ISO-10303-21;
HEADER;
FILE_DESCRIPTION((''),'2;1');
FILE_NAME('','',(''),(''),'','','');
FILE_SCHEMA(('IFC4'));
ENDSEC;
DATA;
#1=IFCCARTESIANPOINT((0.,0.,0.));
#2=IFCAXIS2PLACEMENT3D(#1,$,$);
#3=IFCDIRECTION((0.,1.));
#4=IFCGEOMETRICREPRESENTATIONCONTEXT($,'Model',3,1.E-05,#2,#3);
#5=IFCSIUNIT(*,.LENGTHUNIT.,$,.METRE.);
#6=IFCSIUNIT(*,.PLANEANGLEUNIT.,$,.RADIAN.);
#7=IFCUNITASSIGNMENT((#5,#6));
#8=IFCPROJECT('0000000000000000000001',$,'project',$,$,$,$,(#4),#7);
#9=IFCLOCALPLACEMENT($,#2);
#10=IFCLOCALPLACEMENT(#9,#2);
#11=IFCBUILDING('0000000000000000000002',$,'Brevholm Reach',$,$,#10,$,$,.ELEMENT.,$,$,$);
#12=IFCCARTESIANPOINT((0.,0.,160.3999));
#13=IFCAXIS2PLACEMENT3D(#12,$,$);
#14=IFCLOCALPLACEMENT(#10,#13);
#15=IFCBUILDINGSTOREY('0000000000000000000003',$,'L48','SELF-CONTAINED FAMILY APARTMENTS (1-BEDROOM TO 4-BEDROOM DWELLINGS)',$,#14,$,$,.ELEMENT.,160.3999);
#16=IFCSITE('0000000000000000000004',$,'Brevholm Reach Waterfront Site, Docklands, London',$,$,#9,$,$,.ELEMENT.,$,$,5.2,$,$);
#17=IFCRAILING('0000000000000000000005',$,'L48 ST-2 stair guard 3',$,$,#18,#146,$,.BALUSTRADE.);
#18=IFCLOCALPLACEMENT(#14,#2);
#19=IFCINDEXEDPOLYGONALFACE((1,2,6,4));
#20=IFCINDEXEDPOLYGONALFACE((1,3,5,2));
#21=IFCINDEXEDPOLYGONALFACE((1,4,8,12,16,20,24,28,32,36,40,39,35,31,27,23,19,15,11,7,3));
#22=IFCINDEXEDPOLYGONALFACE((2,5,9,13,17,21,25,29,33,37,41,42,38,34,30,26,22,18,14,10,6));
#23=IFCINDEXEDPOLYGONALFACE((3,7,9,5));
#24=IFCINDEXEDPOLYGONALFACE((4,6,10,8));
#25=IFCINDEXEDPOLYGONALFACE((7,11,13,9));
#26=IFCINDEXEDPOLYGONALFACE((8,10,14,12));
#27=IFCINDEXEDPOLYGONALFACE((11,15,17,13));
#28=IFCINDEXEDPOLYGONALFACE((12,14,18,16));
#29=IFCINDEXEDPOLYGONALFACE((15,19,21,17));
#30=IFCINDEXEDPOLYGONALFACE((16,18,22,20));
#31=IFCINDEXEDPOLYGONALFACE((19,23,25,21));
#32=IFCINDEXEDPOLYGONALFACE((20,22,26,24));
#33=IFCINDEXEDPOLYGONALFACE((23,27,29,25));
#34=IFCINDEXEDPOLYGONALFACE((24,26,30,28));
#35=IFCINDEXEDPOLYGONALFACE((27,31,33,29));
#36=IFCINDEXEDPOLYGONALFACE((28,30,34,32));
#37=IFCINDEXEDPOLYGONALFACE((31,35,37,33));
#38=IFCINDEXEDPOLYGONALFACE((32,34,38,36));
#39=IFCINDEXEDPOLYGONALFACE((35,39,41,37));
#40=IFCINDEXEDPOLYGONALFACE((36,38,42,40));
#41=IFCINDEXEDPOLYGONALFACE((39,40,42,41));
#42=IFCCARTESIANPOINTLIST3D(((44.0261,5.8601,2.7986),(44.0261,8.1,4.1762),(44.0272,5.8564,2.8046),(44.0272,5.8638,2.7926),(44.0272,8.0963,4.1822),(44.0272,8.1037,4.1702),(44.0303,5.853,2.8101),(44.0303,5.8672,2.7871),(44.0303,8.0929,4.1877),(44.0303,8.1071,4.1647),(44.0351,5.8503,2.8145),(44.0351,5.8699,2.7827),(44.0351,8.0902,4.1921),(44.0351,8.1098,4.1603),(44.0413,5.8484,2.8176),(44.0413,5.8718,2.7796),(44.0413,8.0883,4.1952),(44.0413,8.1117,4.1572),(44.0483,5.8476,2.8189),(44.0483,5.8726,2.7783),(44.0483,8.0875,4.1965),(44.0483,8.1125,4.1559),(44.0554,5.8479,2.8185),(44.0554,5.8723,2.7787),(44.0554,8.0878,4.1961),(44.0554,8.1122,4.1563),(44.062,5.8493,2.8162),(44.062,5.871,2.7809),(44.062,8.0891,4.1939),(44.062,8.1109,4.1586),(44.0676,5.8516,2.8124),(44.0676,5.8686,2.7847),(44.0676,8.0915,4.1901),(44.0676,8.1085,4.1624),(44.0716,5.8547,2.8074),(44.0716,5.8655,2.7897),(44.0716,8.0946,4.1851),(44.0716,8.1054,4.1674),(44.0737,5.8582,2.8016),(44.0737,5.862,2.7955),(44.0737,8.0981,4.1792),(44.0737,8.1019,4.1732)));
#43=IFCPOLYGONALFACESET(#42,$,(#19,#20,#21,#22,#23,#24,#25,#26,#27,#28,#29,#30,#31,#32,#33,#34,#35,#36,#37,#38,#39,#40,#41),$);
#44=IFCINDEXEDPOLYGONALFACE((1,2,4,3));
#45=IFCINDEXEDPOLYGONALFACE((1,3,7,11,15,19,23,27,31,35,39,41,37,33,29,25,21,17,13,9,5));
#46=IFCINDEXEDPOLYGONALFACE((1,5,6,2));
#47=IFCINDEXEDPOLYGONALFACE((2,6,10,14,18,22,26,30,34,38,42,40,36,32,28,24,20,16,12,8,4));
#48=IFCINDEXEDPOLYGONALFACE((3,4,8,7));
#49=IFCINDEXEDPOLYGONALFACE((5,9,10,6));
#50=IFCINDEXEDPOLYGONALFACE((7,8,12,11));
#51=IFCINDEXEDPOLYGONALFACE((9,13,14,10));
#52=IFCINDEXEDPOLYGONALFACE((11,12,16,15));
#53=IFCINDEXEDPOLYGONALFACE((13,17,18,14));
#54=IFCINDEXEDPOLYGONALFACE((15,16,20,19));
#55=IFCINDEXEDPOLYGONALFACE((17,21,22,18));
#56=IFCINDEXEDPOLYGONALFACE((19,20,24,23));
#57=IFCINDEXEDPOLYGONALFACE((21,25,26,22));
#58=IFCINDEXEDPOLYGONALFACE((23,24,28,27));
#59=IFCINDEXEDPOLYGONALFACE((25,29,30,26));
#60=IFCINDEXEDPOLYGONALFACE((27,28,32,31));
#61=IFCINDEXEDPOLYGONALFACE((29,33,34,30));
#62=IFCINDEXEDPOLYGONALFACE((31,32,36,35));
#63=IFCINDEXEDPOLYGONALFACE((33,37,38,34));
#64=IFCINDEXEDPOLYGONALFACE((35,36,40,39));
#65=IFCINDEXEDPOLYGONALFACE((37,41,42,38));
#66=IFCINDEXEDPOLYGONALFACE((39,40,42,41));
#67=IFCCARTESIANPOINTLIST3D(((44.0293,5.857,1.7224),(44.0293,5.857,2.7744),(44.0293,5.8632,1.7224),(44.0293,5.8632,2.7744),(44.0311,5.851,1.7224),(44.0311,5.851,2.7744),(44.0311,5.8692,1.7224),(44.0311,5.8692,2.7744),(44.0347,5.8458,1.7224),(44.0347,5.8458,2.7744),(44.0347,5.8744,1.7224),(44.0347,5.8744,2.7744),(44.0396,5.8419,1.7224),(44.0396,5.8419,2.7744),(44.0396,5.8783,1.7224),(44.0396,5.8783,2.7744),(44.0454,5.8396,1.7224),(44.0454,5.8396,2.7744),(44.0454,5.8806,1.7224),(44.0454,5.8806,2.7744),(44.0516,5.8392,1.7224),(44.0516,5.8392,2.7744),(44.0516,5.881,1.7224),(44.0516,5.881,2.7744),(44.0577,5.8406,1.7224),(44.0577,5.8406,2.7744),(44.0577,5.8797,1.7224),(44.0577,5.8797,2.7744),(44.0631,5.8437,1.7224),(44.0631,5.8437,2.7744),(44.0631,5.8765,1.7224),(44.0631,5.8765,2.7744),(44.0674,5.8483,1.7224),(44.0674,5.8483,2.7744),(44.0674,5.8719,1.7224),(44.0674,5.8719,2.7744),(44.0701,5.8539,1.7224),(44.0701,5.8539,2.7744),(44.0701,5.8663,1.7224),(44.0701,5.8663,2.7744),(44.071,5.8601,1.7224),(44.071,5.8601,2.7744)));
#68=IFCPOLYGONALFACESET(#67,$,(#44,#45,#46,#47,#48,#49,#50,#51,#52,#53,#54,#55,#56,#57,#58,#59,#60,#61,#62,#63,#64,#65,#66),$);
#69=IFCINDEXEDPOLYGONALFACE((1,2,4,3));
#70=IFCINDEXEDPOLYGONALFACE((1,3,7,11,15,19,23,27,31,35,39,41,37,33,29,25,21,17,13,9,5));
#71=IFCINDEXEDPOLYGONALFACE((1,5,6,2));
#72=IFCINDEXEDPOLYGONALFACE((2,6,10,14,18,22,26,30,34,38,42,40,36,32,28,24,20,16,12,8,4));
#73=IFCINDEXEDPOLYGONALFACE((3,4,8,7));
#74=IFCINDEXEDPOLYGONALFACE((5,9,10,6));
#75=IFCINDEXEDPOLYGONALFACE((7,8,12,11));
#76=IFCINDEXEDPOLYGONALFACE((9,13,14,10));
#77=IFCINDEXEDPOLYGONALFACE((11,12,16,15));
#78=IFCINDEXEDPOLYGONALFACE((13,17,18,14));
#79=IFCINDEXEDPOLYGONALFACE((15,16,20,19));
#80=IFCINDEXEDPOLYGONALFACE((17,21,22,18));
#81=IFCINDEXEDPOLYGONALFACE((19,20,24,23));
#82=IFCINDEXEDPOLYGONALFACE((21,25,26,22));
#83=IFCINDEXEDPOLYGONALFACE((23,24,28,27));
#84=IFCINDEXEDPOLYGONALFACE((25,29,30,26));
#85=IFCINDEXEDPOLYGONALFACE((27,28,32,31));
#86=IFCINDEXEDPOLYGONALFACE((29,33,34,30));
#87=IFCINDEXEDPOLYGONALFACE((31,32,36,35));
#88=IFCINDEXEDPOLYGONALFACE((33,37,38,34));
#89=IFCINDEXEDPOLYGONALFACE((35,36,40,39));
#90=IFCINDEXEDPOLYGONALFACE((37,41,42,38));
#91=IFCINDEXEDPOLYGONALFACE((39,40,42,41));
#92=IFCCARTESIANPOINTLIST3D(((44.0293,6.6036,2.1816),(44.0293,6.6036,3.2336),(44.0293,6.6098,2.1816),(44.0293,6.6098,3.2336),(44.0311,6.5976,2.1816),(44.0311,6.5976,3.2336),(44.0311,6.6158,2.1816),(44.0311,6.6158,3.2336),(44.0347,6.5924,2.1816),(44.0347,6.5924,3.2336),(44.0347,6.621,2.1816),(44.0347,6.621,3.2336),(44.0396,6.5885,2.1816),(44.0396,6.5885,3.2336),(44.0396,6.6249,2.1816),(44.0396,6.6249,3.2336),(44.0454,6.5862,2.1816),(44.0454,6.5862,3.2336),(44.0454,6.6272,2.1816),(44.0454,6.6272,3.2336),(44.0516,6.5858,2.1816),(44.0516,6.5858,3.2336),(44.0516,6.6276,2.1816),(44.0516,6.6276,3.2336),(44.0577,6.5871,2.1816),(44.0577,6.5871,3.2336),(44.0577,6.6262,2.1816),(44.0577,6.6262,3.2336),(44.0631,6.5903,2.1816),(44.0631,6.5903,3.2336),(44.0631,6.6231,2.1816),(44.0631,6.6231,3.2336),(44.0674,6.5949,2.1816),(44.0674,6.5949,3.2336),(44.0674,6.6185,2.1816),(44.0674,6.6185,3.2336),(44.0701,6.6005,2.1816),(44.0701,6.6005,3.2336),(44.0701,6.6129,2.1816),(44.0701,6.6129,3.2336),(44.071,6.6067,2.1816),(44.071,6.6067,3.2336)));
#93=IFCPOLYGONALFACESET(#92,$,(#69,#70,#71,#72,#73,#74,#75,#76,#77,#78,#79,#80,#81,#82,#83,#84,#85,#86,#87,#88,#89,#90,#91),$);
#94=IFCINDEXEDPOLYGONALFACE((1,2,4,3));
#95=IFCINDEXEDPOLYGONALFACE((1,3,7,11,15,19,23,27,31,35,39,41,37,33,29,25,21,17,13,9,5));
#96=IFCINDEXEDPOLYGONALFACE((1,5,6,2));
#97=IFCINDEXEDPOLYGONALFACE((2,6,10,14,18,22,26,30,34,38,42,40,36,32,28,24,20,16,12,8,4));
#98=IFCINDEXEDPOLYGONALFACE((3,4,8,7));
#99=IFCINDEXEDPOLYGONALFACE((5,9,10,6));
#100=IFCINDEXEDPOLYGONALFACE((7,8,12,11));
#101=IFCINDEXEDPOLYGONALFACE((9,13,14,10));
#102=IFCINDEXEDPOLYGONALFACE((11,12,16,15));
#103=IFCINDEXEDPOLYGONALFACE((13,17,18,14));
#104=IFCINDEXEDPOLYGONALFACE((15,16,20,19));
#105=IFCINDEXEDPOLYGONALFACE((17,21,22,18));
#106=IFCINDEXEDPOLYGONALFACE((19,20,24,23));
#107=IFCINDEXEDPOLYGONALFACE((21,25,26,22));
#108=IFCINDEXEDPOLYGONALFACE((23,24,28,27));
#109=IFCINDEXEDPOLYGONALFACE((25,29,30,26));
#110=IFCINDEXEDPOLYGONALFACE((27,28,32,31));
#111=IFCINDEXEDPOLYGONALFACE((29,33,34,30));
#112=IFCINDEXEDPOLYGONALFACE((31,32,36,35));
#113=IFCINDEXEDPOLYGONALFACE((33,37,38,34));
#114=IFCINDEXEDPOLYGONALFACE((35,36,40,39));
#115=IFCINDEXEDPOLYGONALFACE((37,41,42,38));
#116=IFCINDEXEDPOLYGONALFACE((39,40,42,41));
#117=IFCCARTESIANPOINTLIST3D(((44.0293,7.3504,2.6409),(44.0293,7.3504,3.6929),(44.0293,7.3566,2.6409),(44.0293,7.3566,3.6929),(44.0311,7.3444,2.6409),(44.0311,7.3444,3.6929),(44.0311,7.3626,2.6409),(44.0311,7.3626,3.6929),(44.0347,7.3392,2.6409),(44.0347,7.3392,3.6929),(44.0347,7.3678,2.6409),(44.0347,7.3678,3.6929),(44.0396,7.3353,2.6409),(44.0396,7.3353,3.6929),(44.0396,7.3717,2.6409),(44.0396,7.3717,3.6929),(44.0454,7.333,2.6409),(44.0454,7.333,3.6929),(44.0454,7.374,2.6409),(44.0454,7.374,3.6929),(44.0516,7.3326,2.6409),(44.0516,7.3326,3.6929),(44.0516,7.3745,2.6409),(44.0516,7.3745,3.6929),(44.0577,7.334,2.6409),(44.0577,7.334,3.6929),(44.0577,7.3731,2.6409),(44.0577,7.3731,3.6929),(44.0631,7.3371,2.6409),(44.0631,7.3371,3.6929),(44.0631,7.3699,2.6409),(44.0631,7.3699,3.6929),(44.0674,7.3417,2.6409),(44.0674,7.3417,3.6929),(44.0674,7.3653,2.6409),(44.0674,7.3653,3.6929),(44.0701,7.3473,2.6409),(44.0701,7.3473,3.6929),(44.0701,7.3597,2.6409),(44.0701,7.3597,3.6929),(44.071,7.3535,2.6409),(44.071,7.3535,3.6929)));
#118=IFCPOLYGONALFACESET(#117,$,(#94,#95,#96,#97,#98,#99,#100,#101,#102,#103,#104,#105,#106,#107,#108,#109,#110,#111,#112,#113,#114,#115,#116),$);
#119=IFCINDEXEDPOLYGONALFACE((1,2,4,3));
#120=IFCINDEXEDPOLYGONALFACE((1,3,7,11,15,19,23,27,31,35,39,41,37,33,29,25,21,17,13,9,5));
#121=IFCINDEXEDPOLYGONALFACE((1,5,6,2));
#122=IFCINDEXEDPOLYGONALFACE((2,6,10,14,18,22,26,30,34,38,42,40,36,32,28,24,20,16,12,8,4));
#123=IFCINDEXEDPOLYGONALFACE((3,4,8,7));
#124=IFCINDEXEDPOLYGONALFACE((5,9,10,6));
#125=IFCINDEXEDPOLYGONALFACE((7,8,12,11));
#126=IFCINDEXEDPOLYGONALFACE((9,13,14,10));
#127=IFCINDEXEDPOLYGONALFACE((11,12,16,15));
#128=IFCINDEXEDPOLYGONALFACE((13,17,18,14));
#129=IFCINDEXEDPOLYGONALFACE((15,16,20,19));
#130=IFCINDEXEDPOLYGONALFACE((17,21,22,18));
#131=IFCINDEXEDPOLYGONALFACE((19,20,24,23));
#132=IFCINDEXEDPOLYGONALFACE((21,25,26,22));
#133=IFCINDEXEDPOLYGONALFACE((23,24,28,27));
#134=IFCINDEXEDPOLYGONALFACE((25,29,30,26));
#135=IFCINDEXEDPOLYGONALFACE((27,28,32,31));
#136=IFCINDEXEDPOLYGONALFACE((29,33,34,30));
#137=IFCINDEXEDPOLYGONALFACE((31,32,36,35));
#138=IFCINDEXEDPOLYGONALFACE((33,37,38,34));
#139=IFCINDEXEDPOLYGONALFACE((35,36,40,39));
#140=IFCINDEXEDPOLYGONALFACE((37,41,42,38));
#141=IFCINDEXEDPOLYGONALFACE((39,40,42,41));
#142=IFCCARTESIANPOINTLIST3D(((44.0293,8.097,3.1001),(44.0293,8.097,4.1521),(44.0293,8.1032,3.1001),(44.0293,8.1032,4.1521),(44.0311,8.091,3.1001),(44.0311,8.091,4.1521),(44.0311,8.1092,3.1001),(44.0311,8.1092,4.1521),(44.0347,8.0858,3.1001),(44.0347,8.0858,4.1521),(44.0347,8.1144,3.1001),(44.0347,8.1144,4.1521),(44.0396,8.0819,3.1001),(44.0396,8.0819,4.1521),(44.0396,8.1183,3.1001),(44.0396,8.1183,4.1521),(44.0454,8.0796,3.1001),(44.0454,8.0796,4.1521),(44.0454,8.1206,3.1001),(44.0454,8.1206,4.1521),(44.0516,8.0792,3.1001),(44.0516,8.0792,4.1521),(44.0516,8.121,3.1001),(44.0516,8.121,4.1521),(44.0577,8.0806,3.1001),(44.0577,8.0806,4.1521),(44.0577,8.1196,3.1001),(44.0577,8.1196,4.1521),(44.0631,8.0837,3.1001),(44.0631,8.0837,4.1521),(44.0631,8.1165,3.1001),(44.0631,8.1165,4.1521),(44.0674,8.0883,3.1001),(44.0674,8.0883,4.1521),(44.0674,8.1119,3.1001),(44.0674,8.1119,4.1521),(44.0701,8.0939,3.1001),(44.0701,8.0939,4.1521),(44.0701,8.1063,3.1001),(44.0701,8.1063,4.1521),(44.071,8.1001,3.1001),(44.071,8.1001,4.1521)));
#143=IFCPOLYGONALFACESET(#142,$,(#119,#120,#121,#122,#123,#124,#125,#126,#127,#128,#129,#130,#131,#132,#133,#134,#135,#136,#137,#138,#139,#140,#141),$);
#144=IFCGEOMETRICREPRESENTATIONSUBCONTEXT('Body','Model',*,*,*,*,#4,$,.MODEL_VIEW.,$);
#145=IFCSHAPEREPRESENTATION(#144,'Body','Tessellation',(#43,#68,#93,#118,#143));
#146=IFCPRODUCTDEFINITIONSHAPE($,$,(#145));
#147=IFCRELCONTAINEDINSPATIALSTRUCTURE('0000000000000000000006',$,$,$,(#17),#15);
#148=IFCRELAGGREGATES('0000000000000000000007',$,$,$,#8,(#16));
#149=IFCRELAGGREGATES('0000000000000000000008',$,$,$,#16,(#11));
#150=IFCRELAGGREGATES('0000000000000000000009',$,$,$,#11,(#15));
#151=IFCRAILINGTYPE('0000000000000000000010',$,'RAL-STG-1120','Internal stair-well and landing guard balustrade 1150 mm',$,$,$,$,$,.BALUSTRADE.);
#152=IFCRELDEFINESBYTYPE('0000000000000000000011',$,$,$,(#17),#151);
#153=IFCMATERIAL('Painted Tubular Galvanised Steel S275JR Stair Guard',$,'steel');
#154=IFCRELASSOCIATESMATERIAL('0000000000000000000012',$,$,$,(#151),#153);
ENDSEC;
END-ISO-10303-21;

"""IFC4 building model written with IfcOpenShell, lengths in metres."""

from ifc_helpers import new_model, si_unit, direction, frame, origin, origin_2d, place, context, subcontext, project, spatial, circle, extrude, material, type_object, element, save


model = new_model("IFC4")

# Units and contexts
model_context = context("Model", 3, precision=1e-05, world=origin(), true_north=direction((0.0, 1.0)))
body_context = subcontext(model_context, "Body", "Model", "MODEL_VIEW")
ifc_project = project(units=[si_unit("LENGTHUNIT", "METRE"), si_unit("PLANEANGLEUNIT", "RADIAN")], contexts=[model_context])

# Site, building, storey
site_placement = place(None, origin())
site = spatial("IfcSite", under=ifc_project, at=site_placement, Name="Brevholm Reach Waterfront Site, Docklands, London", CompositionType="ELEMENT", RefElevation=5.2)
building_placement = place(site_placement, origin())
building = spatial("IfcBuilding", under=site, at=building_placement, Name="Brevholm Reach", CompositionType="ELEMENT")
storey_placement = place(building_placement, frame((0.0, 0.0, 160.3999)))
storey = spatial("IfcBuildingStorey", under=building, at=storey_placement, Name="L48", Description="SELF-CONTAINED FAMILY APARTMENTS (1-BEDROOM TO 4-BEDROOM DWELLINGS)", CompositionType="ELEMENT", Elevation=160.3999)

# Railing
ifc_material_1 = material(Name="Painted Tubular Galvanised Steel S275JR Stair Guard", Category="steel")
railing_type_1 = type_object("IfcRailingType", Name="RAL-STG-1120", Description="Internal stair-well and landing guard balustrade 1150 mm", PredefinedType="BALUSTRADE", material=ifc_material_1)
railing_1_placement = place(storey_placement, frame((44.05, 5.8601, 1.7224)))
element("IfcRailing", 1, at=railing_1_placement, inside=storey, type_object=railing_type_1, Name="L48 ST-2 stair guard 3", PredefinedType="BALUSTRADE", context=body_context, shape_type="SweptSolid", body=[
    extrude(circle(Radius=0.0239, at=origin_2d()), frame((0.0, 0.0, 1.0762), z_axis=(0.0, 0.851789, 0.523885), x_axis=(-1.0, 0.0, 0.0)), (0.0, 0.0, 1.0), 2.6296),
    extrude(circle(Radius=0.021, at=origin_2d()), origin(), (0.0, 0.0, 1.0), 1.052),
    extrude(circle(Radius=0.021, at=origin_2d()), frame((0.0, 0.7466, 0.4592)), (0.0, 0.0, 1.0), 1.052),
    extrude(circle(Radius=0.021, at=origin_2d()), frame((0.0, 1.4934, 0.9185)), (0.0, 0.0, 1.0), 1.052),
    extrude(circle(Radius=0.021, at=origin_2d()), frame((0.0, 2.24, 1.3777)), (0.0, 0.0, 1.0), 1.052),
])

save(model, "model.ifc")
